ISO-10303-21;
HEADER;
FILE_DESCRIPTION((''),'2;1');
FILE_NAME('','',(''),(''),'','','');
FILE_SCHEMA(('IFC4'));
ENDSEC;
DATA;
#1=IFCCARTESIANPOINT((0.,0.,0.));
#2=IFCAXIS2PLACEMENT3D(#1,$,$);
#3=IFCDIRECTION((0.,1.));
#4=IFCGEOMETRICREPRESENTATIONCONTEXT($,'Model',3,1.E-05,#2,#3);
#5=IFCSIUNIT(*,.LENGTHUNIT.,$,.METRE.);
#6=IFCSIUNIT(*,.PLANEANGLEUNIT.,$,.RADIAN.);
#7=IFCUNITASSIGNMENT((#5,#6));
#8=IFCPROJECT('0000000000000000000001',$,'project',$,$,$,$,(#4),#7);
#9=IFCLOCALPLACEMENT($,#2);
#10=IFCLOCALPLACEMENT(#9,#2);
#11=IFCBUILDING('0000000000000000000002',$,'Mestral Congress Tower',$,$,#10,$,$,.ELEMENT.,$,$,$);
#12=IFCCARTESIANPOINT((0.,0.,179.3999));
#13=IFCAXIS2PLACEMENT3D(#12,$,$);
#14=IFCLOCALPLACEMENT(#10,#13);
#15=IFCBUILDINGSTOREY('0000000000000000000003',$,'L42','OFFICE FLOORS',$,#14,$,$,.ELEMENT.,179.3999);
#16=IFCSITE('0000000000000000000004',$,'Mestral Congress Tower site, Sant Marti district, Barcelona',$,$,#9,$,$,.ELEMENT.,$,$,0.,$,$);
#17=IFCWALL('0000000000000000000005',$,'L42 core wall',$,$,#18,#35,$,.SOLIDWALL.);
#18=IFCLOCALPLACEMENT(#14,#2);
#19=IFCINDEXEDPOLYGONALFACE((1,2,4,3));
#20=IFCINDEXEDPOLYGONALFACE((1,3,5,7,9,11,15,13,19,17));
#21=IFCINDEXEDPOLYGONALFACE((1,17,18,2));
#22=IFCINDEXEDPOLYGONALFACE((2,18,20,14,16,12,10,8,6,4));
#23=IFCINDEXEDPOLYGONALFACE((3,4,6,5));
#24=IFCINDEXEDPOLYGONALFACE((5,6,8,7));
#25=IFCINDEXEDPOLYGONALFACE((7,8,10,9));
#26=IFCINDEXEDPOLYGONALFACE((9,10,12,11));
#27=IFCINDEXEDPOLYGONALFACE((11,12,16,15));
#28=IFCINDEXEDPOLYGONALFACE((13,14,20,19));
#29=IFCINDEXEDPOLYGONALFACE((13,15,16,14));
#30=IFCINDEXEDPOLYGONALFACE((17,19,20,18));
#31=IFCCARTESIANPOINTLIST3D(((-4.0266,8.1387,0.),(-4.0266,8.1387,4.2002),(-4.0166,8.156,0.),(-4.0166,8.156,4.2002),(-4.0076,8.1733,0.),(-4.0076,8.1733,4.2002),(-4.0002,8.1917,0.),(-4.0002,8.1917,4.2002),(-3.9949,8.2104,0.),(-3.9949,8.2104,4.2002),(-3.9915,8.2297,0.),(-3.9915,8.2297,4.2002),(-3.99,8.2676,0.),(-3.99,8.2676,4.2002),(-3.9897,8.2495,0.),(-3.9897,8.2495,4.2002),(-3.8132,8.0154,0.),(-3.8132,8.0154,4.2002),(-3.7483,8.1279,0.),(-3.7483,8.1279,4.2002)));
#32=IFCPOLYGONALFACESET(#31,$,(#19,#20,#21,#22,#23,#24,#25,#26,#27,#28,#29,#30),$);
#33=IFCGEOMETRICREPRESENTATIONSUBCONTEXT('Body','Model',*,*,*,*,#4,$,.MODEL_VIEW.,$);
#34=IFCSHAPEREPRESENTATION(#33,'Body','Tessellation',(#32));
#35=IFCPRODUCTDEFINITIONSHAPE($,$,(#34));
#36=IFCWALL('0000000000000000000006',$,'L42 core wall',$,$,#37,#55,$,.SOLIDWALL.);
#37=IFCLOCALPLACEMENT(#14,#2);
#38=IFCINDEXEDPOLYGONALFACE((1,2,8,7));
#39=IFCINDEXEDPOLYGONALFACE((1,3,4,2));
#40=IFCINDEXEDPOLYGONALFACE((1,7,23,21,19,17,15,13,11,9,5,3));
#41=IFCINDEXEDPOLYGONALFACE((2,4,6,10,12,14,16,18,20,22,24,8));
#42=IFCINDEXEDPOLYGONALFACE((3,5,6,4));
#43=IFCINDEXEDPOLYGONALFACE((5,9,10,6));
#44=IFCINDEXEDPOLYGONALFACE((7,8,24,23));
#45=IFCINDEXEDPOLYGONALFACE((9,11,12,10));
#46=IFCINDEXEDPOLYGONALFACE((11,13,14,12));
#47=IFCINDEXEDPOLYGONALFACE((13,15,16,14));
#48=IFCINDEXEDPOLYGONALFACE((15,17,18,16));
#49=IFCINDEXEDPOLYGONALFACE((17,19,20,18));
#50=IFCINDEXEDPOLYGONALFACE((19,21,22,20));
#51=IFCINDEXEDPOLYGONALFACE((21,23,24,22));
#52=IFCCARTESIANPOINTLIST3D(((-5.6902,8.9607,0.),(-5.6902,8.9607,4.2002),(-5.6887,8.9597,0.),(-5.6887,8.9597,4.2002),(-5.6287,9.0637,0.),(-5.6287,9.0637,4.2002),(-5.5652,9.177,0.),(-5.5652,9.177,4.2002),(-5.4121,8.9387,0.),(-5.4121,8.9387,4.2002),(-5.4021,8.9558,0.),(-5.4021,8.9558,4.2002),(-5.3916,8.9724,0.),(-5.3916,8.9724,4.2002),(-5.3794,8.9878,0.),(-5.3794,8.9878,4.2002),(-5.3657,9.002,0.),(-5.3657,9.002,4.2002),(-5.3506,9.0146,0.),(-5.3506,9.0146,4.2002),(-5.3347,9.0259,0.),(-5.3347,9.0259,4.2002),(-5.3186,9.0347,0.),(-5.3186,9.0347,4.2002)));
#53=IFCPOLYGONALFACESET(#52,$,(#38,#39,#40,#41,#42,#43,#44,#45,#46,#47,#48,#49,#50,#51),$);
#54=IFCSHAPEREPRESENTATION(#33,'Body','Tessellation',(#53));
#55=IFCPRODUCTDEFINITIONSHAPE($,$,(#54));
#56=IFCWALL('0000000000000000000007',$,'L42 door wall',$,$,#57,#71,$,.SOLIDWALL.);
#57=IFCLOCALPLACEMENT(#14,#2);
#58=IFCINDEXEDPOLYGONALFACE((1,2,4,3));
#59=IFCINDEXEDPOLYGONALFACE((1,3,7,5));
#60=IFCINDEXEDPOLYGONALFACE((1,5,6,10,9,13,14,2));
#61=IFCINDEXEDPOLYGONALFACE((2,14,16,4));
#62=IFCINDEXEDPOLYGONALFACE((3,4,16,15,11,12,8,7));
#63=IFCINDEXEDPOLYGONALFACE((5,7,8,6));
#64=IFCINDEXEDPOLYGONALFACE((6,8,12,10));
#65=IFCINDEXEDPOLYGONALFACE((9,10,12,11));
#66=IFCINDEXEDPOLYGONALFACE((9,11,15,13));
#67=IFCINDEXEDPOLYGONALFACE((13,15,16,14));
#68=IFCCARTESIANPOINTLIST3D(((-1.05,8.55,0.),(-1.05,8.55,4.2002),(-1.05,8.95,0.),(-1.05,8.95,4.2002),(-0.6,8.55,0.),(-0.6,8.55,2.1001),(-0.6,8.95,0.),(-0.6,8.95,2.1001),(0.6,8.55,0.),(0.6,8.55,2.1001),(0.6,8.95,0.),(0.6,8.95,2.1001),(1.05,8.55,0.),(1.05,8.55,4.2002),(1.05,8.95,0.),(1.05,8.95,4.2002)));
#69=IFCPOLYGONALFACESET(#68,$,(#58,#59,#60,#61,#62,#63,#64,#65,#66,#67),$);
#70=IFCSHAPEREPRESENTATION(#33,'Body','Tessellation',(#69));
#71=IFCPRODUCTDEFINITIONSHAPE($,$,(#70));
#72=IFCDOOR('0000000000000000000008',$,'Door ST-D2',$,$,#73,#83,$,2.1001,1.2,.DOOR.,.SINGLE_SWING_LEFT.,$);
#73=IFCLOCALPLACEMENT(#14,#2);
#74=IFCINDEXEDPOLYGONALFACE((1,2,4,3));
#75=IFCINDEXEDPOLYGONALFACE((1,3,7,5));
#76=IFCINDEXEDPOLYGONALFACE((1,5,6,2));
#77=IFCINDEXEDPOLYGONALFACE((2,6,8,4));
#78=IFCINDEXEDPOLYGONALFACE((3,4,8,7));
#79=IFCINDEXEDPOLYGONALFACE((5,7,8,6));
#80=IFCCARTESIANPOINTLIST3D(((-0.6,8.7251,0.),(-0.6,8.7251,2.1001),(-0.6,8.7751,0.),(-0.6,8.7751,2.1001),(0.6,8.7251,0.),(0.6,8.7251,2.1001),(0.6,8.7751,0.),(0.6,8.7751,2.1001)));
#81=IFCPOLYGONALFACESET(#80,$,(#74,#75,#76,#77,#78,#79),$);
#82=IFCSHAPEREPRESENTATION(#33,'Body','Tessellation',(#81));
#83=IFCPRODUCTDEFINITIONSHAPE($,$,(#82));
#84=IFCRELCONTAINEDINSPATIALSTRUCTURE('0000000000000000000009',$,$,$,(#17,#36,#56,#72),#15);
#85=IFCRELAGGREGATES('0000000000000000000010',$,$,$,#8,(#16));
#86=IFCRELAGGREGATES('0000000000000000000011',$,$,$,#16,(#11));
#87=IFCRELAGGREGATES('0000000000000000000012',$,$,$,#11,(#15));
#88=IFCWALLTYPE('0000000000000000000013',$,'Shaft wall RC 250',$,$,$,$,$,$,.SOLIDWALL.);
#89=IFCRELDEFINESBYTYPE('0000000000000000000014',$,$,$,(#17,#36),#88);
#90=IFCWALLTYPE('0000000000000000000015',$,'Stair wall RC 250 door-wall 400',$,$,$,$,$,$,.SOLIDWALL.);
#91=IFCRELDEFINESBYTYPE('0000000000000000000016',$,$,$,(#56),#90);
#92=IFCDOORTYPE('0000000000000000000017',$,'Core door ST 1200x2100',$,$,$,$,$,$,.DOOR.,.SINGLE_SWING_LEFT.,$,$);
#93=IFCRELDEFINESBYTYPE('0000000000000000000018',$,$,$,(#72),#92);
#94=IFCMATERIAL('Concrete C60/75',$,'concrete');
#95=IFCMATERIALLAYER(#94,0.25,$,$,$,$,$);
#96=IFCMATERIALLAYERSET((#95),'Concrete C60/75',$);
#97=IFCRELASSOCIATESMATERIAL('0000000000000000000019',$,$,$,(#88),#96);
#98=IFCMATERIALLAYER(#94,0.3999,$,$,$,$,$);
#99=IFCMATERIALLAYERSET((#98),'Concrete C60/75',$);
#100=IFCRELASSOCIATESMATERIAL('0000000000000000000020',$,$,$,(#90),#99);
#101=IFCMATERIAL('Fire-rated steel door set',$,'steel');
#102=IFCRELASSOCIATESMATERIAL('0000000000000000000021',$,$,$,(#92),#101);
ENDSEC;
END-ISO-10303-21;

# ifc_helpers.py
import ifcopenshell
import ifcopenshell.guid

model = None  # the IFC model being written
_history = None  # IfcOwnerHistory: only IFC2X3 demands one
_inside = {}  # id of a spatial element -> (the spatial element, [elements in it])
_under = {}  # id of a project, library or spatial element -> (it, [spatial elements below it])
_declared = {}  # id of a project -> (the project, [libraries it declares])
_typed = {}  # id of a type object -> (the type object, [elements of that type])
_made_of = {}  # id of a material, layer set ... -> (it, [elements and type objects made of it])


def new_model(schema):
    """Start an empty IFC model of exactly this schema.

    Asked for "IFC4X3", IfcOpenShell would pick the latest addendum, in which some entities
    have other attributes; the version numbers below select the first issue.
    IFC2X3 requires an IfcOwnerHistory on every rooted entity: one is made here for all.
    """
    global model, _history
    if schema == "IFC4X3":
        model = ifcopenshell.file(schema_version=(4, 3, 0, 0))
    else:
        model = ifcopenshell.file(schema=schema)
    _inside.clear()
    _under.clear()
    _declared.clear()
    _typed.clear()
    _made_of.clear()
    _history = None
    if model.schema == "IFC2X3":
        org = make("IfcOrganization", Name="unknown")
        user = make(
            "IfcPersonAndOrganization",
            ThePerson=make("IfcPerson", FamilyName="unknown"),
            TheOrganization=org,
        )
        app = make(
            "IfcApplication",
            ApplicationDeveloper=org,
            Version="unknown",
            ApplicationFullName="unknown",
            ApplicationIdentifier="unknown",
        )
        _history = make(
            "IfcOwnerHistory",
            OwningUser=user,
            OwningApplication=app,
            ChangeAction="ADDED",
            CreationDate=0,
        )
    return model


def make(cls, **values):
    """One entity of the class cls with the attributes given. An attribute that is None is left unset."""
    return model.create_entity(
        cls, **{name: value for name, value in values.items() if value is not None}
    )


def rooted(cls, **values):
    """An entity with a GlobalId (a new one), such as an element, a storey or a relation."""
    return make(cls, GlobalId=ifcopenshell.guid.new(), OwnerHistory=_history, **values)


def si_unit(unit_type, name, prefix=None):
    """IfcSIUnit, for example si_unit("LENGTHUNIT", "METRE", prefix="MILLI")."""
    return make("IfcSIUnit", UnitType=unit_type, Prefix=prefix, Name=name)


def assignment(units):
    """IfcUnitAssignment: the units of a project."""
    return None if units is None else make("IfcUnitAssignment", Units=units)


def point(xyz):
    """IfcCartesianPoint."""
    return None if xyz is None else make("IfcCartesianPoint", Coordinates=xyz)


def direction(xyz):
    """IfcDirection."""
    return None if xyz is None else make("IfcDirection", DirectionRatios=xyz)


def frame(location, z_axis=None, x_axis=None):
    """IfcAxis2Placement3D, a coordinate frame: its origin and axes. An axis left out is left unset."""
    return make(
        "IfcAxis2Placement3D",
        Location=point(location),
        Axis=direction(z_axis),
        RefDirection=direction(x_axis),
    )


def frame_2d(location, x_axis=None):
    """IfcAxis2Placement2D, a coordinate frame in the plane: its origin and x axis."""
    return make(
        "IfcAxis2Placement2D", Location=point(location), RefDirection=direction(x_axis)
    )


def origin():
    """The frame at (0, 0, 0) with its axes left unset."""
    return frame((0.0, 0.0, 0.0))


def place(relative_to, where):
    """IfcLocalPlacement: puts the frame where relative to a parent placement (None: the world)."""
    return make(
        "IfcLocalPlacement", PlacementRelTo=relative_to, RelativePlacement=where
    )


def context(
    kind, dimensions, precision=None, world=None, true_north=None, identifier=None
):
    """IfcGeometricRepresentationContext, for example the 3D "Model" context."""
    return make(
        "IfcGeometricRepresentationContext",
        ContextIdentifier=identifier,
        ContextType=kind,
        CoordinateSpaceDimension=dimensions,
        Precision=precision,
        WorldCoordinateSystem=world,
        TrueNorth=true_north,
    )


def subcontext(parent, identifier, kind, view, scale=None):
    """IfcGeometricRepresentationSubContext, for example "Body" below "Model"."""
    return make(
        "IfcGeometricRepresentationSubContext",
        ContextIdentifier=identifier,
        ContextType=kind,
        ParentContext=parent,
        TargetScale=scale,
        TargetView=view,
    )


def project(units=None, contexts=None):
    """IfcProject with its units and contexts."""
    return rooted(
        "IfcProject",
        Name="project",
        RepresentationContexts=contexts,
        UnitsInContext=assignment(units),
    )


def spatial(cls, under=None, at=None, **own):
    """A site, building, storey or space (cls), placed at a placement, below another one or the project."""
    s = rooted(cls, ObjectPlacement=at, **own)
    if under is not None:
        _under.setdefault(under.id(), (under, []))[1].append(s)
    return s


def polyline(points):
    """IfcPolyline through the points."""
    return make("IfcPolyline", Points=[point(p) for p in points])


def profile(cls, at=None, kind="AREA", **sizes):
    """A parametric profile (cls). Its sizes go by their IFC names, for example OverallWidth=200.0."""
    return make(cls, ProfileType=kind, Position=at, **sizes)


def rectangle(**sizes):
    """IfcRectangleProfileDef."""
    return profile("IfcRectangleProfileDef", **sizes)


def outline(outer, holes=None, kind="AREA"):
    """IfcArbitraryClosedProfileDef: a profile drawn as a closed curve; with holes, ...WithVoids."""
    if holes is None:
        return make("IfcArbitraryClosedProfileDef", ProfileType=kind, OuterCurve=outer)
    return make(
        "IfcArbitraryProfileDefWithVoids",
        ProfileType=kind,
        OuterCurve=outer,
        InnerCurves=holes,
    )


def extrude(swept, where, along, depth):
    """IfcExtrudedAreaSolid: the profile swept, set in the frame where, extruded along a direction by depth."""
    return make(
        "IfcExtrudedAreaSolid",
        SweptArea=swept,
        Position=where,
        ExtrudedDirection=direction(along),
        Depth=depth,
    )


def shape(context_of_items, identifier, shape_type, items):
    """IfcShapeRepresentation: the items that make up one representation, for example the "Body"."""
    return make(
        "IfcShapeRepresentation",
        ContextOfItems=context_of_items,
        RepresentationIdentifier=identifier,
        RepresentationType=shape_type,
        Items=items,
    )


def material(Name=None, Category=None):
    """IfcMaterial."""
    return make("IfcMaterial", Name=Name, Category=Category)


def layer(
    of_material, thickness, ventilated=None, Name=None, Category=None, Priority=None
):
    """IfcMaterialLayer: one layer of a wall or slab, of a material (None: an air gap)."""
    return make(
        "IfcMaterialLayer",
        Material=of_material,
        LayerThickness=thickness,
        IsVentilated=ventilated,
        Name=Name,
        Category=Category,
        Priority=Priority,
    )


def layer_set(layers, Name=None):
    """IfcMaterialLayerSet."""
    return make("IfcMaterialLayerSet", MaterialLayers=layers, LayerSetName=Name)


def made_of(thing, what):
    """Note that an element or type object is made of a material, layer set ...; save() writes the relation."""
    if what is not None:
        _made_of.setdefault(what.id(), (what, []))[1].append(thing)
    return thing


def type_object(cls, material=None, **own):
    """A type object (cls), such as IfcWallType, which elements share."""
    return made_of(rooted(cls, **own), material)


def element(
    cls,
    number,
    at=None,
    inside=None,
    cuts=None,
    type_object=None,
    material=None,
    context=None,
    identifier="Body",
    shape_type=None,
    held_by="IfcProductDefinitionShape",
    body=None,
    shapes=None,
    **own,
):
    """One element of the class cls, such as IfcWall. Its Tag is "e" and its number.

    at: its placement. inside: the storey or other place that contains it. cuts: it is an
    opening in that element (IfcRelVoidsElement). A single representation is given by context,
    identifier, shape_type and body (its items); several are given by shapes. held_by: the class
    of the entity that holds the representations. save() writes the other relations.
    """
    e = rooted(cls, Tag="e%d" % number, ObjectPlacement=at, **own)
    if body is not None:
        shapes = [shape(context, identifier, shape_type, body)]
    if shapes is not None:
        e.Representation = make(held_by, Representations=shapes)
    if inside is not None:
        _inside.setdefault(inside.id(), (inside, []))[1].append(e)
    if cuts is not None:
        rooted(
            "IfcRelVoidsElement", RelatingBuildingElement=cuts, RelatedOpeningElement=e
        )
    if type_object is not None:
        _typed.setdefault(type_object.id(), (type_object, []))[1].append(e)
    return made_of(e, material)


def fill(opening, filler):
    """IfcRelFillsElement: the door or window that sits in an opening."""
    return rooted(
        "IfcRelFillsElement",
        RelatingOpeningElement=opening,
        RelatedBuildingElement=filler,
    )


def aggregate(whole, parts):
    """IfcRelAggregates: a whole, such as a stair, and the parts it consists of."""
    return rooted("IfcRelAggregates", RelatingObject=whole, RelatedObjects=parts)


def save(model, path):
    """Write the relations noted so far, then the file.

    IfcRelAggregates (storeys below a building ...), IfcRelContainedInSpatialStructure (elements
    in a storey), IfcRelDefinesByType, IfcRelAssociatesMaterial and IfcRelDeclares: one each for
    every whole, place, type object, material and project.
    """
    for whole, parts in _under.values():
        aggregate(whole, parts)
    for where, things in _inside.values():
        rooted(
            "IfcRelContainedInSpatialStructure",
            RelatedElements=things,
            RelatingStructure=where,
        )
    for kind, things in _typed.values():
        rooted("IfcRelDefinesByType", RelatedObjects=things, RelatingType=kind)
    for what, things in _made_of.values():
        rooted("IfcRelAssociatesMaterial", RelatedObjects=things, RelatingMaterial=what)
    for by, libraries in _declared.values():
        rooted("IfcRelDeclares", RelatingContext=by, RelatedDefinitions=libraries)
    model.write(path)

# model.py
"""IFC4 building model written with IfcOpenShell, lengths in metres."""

from ifc_helpers import new_model, si_unit, direction, frame, frame_2d, origin, place, context, subcontext, project, spatial, polyline, rectangle, outline, extrude, material, layer, layer_set, type_object, element, fill, save


model = new_model("IFC4")

# Units and contexts
model_context = context("Model", 3, precision=1e-05, world=origin(), true_north=direction((0.0, 1.0)))
body_context = subcontext(model_context, "Body", "Model", "MODEL_VIEW")
ifc_project = project(units=[si_unit("LENGTHUNIT", "METRE"), si_unit("PLANEANGLEUNIT", "RADIAN")], contexts=[model_context])

# Site, building, storey
site_placement = place(None, origin())
site = spatial("IfcSite", under=ifc_project, at=site_placement, Name="Mestral Congress Tower site, Sant Marti district, Barcelona", CompositionType="ELEMENT", RefElevation=0.0)
building_placement = place(site_placement, origin())
building = spatial("IfcBuilding", under=site, at=building_placement, Name="Mestral Congress Tower", CompositionType="ELEMENT")
storey_placement = place(building_placement, frame((0.0, 0.0, 179.3999)))
storey = spatial("IfcBuildingStorey", under=building, at=storey_placement, Name="L42", Description="OFFICE FLOORS", CompositionType="ELEMENT", Elevation=179.3999)

# Walls
placement = place(storey_placement, origin())
ifc_material_1 = material(Name="Concrete C60/75", Category="concrete")
ifc_layer_1 = layer(ifc_material_1, 0.25)
ifc_layer_set_1 = layer_set([ifc_layer_1], Name="Concrete C60/75")
wall_type_1 = type_object("IfcWallType", Name="Shaft wall RC 250", PredefinedType="SOLIDWALL", material=ifc_layer_set_1)
element("IfcWall", 1, at=placement, inside=storey, type_object=wall_type_1, Name="L42 core wall", PredefinedType="SOLIDWALL", context=body_context, shape_type="SweptSolid", body=[
    extrude(outline(polyline([(-3.7483, 8.1279), (-3.8132, 8.0154), (-4.0266, 8.1387), (-4.0166, 8.156), (-4.0076, 8.1733), (-4.0002, 8.1917), (-3.9949, 8.2104), (-3.9915, 8.2297), (-3.9897, 8.2495), (-3.99, 8.2676), (-3.7483, 8.1279)])), origin(), (0.0, 0.0, 1.0), 4.2002),
])
element("IfcWall", 2, at=placement, inside=storey, type_object=wall_type_1, Name="L42 core wall", PredefinedType="SOLIDWALL", context=body_context, shape_type="SweptSolid", body=[
    extrude(outline(polyline([(-5.6887, 8.9597), (-5.6902, 8.9607), (-5.5652, 9.177), (-5.3186, 9.0347), (-5.3347, 9.0259), (-5.3506, 9.0146), (-5.3657, 9.002), (-5.3794, 8.9878), (-5.3916, 8.9724), (-5.4021, 8.9558), (-5.4121, 8.9387), (-5.6287, 9.0637), (-5.6287, 9.0637), (-5.6887, 8.9597)])), origin(), (0.0, 0.0, 1.0), 4.2002),
])

# Wall, opening, door
ifc_layer_2 = layer(ifc_material_1, 0.3999)
ifc_layer_set_2 = layer_set([ifc_layer_2], Name="Concrete C60/75")
wall_type_2 = type_object("IfcWallType", Name="Stair wall RC 250 door-wall 400", PredefinedType="SOLIDWALL", material=ifc_layer_set_2)
wall_1_placement = place(storey_placement, frame((1.05, 8.75, 0.0), z_axis=(0.0, 0.0, 1.0), x_axis=(-1.0, 0.0, 0.0)))
wall_1 = element("IfcWall", 3, at=wall_1_placement, inside=storey, type_object=wall_type_2, Name="L42 door wall", PredefinedType="SOLIDWALL", context=body_context, shape_type="SweptSolid", body=[
    extrude(rectangle(XDim=2.1001, YDim=0.3999, at=frame_2d((1.05, 0.0))), origin(), (0.0, 0.0, 1.0), 4.2002),
])
opening_placement = place(wall_1_placement, frame((0.45, 0.0, 0.0)))
opening = element("IfcOpeningElement", 4, at=opening_placement, cuts=wall_1, PredefinedType="OPENING", context=body_context, shape_type="SweptSolid", body=[
    extrude(rectangle(XDim=1.2, YDim=2.1001, at=frame_2d((0.6001, 1.05))), frame((0.0, 0.21, 0.0), z_axis=(0.0, -1.0, 0.0), x_axis=(1.0, 0.0, 0.0)), (0.0, 0.0, 1.0), 0.4199),
])
ifc_material_2 = material(Name="Fire-rated steel door set", Category="steel")
door_type = type_object("IfcDoorType", Name="Core door ST 1200x2100", OperationType="SINGLE_SWING_LEFT", PredefinedType="DOOR", material=ifc_material_2)
door_placement = place(opening_placement, origin())
door = element("IfcDoor", 5, at=door_placement, inside=storey, type_object=door_type, Name="Door ST-D2", OperationType="SINGLE_SWING_LEFT", OverallHeight=2.1001, OverallWidth=1.2, PredefinedType="DOOR", context=body_context, shape_type="SweptSolid", body=[
    extrude(rectangle(XDim=1.2, YDim=2.1001, at=frame_2d((0.6001, 1.05))), frame((0.0, 0.0249, 0.0), z_axis=(0.0, -1.0, 0.0), x_axis=(1.0, 0.0, 0.0)), (0.0, 0.0, 1.0), 0.05),
])
fill(opening, door)

save(model, "model.ifc")
